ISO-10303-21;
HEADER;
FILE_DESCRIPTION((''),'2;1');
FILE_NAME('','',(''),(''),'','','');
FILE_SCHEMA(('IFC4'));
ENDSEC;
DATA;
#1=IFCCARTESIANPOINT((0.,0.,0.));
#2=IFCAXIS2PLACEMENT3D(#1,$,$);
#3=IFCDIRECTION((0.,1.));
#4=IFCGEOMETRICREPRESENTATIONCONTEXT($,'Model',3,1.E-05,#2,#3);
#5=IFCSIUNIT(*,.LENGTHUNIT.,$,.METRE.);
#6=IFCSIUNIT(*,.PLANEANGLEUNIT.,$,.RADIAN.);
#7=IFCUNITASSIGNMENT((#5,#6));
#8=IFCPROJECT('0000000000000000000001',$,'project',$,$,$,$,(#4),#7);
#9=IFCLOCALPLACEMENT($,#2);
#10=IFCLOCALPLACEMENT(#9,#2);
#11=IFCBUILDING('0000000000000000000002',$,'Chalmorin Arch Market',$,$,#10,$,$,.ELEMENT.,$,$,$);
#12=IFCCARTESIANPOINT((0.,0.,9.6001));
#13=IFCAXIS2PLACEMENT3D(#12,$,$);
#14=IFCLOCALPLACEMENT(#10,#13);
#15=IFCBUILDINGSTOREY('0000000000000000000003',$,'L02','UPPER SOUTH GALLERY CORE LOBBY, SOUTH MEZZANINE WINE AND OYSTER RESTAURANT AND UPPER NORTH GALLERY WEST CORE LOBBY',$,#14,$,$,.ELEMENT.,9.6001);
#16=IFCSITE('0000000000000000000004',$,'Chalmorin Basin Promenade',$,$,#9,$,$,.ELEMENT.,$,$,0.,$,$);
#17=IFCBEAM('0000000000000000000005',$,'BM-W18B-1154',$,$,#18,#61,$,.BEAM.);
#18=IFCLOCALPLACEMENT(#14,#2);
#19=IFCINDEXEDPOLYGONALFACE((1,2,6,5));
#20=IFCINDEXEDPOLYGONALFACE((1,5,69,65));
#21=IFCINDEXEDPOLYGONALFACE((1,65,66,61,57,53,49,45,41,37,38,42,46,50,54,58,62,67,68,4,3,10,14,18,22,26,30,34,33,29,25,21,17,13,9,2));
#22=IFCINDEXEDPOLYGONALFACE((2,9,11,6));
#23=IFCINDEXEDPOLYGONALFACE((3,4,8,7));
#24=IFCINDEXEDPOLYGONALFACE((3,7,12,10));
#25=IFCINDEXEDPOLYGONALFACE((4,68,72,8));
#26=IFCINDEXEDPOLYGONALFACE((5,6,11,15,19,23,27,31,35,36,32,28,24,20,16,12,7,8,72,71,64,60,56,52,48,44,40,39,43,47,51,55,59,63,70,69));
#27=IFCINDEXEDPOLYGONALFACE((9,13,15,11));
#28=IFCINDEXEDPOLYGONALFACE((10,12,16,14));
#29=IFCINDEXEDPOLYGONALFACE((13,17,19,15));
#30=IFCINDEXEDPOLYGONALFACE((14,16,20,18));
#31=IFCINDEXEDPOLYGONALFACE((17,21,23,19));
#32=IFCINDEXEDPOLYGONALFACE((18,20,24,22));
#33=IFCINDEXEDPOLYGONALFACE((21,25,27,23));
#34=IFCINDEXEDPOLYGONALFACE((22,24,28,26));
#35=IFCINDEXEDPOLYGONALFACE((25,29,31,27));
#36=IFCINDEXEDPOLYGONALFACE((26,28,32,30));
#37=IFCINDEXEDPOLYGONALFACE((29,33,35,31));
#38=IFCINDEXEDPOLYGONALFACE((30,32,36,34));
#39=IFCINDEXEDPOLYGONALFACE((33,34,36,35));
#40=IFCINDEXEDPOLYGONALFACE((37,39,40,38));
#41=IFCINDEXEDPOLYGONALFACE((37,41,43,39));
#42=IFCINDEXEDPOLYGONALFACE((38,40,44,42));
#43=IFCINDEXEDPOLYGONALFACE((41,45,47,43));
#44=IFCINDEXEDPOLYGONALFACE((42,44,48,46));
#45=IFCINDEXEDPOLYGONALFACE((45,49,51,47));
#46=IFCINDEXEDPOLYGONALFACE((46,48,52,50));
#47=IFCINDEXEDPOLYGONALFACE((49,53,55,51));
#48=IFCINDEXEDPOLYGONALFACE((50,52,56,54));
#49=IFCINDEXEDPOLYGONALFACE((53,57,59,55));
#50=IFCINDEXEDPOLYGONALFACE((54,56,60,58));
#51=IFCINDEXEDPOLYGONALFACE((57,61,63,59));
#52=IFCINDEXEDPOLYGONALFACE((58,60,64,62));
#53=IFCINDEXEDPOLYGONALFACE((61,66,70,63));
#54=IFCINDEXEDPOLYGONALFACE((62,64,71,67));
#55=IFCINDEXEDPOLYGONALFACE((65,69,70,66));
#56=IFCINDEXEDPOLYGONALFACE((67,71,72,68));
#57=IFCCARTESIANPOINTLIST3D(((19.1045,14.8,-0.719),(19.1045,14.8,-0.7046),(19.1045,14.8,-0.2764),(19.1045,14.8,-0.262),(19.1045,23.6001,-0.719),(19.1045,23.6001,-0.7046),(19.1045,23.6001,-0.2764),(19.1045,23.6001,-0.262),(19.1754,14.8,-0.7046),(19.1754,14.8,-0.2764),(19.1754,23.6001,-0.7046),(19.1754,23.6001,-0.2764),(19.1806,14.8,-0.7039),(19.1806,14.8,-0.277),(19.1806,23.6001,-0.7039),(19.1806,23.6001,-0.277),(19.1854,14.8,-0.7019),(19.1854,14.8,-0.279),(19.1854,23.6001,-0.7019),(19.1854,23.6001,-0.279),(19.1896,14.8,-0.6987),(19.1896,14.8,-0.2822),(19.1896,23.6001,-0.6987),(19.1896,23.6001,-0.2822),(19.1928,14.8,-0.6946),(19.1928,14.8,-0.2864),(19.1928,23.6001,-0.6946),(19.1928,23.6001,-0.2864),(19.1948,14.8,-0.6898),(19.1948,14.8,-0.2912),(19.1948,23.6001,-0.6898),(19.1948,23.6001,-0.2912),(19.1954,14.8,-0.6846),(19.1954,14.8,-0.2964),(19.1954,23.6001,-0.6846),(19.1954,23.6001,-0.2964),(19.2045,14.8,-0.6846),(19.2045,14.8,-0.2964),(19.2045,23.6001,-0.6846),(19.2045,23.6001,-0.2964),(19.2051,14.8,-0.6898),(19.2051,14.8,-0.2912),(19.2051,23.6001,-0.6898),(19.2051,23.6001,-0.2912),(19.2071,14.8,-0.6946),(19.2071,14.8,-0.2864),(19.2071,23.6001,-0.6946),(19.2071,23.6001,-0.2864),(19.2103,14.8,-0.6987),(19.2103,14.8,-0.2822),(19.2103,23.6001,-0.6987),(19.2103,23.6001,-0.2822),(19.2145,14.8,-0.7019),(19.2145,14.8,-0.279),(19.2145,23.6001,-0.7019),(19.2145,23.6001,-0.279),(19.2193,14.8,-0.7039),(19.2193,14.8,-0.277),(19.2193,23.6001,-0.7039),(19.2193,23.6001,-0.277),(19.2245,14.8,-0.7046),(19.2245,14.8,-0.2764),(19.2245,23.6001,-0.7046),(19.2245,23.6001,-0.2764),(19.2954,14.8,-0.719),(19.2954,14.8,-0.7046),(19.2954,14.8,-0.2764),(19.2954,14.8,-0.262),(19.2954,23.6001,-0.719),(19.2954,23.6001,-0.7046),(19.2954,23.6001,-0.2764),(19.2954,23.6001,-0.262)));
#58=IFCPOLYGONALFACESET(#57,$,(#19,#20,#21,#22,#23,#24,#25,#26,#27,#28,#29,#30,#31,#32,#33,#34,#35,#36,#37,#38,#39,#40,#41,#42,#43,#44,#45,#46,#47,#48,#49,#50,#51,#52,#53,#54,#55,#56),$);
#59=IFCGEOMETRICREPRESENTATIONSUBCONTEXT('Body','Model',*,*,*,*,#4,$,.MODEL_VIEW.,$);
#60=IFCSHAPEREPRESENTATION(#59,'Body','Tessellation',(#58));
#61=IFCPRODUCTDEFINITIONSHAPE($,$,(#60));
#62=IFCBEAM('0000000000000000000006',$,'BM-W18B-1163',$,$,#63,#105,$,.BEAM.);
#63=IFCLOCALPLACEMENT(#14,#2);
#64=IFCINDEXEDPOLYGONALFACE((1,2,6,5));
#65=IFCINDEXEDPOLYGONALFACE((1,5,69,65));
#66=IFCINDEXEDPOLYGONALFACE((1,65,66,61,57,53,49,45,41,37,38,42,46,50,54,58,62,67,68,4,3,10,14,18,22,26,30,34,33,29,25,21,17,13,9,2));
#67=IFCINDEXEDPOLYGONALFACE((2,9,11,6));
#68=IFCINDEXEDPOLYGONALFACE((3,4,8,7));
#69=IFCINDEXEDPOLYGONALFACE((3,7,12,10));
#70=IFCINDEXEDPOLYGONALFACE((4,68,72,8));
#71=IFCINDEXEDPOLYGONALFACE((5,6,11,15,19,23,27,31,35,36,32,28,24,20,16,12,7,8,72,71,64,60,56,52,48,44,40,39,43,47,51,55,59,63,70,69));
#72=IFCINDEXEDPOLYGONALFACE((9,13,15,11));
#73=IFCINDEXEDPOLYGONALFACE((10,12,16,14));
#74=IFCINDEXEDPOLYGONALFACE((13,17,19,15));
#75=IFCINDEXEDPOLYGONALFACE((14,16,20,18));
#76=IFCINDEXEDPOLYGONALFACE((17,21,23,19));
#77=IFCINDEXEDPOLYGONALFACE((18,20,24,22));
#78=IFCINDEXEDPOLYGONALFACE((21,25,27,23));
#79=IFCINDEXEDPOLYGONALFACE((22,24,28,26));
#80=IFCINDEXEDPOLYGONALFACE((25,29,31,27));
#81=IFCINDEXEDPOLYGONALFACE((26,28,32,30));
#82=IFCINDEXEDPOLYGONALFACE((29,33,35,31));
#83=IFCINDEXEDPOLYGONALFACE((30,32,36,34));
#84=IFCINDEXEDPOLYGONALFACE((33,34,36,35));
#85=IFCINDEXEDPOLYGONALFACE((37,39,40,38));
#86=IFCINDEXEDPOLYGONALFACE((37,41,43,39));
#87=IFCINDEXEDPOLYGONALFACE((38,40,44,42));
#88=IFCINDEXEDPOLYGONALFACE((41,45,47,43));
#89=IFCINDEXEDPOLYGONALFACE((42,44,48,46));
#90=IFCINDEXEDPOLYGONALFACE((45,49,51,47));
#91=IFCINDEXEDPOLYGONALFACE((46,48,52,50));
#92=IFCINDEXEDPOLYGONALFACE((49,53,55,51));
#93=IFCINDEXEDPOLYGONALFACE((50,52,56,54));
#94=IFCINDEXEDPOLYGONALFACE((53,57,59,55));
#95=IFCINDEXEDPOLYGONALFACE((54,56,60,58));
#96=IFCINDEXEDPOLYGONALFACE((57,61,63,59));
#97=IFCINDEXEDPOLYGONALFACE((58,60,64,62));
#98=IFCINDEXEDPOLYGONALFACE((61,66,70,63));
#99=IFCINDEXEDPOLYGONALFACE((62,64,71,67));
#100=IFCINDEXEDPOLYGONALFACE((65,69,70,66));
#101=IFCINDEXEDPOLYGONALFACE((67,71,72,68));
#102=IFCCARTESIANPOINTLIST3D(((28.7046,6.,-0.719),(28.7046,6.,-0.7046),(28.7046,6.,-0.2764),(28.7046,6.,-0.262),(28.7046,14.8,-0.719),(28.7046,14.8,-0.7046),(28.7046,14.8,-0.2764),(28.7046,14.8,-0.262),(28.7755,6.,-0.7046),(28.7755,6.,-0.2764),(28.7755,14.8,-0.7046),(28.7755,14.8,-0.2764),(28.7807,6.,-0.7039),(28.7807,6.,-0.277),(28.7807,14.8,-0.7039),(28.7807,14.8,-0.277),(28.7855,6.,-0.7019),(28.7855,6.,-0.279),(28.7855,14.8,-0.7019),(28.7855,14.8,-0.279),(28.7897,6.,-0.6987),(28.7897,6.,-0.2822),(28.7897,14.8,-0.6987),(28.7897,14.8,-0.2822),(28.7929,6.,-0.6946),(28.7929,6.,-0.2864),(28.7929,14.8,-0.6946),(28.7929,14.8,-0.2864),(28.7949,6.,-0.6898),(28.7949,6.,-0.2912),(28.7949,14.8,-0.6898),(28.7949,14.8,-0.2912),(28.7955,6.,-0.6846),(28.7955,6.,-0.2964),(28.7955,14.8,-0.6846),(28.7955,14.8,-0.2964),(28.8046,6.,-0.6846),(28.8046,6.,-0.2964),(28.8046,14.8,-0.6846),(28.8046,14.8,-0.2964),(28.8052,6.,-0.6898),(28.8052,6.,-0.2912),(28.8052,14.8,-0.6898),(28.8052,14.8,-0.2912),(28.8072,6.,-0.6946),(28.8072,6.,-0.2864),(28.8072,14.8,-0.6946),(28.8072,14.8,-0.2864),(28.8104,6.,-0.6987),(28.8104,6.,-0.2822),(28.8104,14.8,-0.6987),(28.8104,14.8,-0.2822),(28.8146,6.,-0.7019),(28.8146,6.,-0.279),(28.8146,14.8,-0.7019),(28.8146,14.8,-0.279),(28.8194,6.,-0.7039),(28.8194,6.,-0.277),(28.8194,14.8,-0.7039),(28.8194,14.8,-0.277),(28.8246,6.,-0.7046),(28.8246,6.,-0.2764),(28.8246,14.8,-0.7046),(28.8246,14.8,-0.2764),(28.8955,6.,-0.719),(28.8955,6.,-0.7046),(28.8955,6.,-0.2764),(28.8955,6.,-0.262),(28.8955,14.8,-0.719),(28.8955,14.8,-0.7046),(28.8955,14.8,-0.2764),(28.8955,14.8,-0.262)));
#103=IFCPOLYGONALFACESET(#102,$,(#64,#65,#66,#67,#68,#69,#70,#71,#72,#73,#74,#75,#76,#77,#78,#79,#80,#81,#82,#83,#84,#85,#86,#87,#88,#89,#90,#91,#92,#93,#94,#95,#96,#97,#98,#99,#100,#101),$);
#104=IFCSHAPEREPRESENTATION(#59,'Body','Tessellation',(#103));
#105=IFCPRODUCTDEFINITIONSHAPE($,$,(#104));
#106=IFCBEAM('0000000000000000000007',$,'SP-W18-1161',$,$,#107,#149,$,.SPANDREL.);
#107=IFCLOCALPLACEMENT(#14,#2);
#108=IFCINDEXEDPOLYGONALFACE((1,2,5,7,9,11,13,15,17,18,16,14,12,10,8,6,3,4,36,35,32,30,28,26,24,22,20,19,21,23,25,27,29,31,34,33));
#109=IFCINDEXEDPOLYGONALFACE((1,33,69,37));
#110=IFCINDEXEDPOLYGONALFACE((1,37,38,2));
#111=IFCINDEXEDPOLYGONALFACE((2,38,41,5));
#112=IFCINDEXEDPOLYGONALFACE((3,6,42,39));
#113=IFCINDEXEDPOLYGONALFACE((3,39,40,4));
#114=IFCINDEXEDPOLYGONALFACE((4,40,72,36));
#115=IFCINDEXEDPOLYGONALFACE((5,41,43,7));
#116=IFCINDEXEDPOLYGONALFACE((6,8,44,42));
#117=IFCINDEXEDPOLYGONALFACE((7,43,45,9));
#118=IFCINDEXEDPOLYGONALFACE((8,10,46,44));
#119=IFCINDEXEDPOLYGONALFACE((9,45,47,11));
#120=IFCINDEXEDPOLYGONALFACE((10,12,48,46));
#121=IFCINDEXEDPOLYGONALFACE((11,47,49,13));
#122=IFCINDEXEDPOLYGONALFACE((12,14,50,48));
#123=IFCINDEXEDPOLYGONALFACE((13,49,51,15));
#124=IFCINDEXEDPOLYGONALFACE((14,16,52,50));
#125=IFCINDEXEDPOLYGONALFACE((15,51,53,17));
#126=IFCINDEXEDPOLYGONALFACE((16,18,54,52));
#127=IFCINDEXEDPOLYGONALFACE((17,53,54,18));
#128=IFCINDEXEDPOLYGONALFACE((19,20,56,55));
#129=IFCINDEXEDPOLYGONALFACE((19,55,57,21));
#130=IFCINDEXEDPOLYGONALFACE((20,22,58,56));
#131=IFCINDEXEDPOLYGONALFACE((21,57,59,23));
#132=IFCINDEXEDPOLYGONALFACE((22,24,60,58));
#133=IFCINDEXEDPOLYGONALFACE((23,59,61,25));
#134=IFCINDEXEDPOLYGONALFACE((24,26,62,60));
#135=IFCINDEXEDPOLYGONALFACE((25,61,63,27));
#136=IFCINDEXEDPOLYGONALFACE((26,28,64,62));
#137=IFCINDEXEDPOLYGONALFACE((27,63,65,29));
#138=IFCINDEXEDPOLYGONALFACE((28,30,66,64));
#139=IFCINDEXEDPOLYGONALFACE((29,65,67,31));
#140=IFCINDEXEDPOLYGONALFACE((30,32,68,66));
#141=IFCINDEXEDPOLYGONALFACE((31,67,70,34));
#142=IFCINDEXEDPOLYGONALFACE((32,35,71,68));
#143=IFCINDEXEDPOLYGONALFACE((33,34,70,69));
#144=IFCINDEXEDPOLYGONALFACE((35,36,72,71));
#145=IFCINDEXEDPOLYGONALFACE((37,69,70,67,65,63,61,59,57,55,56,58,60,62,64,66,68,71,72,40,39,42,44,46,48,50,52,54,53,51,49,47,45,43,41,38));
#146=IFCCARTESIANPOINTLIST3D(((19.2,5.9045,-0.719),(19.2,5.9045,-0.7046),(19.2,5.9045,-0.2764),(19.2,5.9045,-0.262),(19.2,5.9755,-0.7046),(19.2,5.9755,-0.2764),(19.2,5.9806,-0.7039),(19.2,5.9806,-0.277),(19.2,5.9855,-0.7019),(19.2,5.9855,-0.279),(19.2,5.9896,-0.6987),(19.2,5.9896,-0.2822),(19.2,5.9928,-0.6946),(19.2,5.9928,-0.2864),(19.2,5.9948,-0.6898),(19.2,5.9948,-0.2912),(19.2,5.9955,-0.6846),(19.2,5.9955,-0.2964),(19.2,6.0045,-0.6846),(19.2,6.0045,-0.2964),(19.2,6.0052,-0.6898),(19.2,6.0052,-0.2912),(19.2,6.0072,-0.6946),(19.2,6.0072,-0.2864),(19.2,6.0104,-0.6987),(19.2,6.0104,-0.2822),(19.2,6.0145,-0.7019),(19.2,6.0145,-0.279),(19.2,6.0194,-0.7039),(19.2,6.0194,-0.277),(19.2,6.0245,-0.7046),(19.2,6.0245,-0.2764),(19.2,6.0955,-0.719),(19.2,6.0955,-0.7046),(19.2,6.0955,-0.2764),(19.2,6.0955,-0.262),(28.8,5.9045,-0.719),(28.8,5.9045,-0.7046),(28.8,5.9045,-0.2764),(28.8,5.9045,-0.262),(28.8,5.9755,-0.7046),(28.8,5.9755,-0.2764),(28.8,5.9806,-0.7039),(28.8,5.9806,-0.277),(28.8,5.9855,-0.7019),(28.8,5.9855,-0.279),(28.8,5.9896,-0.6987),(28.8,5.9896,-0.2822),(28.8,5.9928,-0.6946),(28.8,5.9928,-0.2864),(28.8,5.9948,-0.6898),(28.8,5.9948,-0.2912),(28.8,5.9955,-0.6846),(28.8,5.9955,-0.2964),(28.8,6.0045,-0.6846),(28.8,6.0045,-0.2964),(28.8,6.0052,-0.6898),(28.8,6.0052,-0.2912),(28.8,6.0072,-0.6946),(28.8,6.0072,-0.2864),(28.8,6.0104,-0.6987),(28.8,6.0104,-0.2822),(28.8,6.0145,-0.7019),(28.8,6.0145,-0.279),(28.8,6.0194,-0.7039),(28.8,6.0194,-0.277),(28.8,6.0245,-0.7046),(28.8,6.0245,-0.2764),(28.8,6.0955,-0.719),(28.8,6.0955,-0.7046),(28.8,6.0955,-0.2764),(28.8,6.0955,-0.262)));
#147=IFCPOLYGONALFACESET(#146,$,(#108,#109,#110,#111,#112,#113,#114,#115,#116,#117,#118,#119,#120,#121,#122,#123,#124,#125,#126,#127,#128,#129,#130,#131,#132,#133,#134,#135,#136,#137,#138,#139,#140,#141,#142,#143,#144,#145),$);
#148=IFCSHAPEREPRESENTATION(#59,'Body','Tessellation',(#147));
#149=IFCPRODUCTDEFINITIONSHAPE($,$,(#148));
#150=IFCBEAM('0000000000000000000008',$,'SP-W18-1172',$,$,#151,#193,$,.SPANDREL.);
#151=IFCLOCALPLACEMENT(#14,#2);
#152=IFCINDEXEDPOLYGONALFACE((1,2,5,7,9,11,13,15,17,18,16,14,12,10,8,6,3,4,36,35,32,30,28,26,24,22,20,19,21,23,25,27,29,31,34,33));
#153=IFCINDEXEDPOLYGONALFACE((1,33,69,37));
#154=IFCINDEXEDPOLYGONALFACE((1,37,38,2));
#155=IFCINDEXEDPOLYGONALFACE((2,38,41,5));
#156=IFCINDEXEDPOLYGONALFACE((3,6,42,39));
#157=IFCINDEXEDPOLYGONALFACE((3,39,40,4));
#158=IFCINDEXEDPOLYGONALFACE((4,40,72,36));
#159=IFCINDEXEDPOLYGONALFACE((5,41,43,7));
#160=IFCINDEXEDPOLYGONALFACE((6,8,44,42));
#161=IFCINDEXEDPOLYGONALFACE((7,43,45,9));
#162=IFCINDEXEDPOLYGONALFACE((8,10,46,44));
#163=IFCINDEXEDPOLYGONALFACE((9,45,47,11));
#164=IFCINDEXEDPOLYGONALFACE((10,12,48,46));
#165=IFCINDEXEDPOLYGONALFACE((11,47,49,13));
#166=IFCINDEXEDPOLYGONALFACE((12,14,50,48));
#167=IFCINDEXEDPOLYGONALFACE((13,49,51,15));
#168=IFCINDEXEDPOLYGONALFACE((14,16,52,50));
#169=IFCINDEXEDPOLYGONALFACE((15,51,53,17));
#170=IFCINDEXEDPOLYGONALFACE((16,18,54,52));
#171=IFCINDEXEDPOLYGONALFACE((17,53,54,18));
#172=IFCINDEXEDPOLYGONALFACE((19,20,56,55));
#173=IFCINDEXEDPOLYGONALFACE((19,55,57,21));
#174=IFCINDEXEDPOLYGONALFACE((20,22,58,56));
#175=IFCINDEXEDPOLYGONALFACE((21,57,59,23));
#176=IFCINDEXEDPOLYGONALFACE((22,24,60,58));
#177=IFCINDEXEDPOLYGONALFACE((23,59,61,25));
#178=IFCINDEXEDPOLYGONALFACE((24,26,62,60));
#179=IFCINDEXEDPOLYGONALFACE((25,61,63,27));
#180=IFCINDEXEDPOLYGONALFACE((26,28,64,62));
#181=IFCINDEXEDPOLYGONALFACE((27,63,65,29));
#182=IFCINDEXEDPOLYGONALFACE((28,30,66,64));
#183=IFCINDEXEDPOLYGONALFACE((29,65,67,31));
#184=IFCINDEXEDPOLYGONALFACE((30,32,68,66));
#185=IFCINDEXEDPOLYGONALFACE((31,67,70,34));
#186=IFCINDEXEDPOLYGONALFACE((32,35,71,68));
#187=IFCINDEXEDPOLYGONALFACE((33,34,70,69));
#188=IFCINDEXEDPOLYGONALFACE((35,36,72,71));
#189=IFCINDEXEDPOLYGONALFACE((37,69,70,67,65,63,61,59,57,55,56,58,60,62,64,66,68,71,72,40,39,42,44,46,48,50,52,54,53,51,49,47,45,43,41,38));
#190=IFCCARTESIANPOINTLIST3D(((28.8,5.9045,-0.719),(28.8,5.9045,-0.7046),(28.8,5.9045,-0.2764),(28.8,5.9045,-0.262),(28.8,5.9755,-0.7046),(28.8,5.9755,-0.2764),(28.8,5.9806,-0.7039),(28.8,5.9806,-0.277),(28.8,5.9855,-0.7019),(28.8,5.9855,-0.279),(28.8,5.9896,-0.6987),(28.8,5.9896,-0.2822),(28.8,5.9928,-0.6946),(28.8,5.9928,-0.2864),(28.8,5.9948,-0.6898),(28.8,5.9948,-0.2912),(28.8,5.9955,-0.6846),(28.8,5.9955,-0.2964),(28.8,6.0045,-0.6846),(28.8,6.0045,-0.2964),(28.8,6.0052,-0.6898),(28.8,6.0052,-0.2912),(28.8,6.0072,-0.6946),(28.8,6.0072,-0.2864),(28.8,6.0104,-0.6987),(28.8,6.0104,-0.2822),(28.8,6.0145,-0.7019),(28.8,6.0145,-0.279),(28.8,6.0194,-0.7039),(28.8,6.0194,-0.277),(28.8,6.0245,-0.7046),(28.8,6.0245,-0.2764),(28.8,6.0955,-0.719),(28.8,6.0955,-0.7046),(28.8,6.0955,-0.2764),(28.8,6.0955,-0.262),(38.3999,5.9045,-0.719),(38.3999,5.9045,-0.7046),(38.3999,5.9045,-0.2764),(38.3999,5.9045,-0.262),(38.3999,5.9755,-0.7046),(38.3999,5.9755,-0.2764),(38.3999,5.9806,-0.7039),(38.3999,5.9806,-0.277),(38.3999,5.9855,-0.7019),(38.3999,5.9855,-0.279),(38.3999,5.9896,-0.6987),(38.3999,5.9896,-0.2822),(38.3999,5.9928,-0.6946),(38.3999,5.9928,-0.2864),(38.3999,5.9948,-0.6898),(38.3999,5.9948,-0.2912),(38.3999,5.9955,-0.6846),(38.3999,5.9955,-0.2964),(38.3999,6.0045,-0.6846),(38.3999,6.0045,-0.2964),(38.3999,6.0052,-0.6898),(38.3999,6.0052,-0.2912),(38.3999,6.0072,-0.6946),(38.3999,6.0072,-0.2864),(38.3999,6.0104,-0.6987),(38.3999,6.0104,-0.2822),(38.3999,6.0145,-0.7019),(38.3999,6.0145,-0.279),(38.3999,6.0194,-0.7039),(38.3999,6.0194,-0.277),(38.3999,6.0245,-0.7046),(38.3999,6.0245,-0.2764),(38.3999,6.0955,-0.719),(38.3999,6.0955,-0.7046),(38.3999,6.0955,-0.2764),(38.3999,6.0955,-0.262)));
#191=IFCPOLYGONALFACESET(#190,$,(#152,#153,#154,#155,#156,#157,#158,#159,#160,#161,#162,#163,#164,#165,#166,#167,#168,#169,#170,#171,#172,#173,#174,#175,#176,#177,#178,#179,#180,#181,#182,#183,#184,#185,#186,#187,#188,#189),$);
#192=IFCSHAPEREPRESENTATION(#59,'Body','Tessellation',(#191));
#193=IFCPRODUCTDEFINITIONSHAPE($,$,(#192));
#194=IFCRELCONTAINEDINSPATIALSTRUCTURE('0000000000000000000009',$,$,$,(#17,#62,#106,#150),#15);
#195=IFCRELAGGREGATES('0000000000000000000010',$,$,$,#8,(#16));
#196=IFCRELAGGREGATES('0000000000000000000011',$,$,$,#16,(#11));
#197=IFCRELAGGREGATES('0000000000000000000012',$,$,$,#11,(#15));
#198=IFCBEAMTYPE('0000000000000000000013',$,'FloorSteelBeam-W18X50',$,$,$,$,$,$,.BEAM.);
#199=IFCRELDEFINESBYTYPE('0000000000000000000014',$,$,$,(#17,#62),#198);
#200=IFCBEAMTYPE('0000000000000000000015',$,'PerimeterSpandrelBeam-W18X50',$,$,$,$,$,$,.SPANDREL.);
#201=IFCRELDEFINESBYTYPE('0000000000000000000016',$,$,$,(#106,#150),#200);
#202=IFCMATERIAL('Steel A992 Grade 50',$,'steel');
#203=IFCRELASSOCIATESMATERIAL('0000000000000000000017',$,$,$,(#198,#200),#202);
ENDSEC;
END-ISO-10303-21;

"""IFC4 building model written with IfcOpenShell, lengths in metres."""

from ifc_helpers import new_model, si_unit, direction, frame, origin, origin_2d, place, context, subcontext, project, spatial, i_section, extrude, material, material_profile, profile_set, type_object, element, save


model = new_model("IFC4")

# Units and contexts
model_context = context("Model", 3, precision=1e-05, world=origin(), true_north=direction((0.0, 1.0)))
body_context = subcontext(model_context, "Body", "Model", "MODEL_VIEW")
ifc_project = project(units=[si_unit("LENGTHUNIT", "METRE"), si_unit("PLANEANGLEUNIT", "RADIAN")], contexts=[model_context])

# Site, building, storey
site_placement = place(None, origin())
site = spatial("IfcSite", under=ifc_project, at=site_placement, Name="Chalmorin Basin Promenade", CompositionType="ELEMENT", RefElevation=0.0)
building_placement = place(site_placement, origin())
building = spatial("IfcBuilding", under=site, at=building_placement, Name="Chalmorin Arch Market", CompositionType="ELEMENT")
storey_placement = place(building_placement, frame((0.0, 0.0, 9.6001)))
storey = spatial("IfcBuildingStorey", under=building, at=storey_placement, Name="L02", Description="UPPER SOUTH GALLERY CORE LOBBY, SOUTH MEZZANINE WINE AND OYSTER RESTAURANT AND UPPER NORTH GALLERY WEST CORE LOBBY", CompositionType="ELEMENT", Elevation=9.6001)

# Shared definitions
ifc_material_1 = material(Name="Steel A992 Grade 50", Category="steel")

# Beams
ifc_material_profile_1 = material_profile(ifc_material_1, i_section(OverallWidth=0.1909, OverallDepth=0.457, WebThickness=0.009, FlangeThickness=0.0144, FilletRadius=0.02, at=origin_2d()), Name="W18X50")
ifc_profile_set_1 = profile_set([ifc_material_profile_1], Name="Steel A992 Grade 50")
beam_type_1 = type_object("IfcBeamType", Name="FloorSteelBeam-W18X50", PredefinedType="BEAM", material=ifc_profile_set_1)
for number, where, z_axis, x_axis, name in (
    (1, (19.2, 14.8, -0.4905), (0.0, 1.0, 0.0), (-1.0, 0.0, 0.0), "BM-W18B-1154"),
    (2, (28.8, 6.0, -0.4905), (0.0, 1.0, 0.0), (-1.0, 0.0, 0.0), "BM-W18B-1163"),
):
    element("IfcBeam", number, at=place(storey_placement, frame(where, z_axis=z_axis, x_axis=x_axis)), inside=storey, type_object=beam_type_1, Name=name, PredefinedType="BEAM", context=body_context, shape_type="SweptSolid", body=[
        extrude(i_section(OverallWidth=0.1909, OverallDepth=0.457, WebThickness=0.009, FlangeThickness=0.0144, FilletRadius=0.02, at=origin_2d()), origin(), (0.0, 0.0, 1.0), 8.8),
    ])
ifc_material_profile_2 = material_profile(ifc_material_1, i_section(OverallWidth=0.1909, OverallDepth=0.457, WebThickness=0.009, FlangeThickness=0.0144, FilletRadius=0.02, at=origin_2d()), Name="W18X50")
ifc_profile_set_2 = profile_set([ifc_material_profile_2], Name="Steel A992 Grade 50")
beam_type_2 = type_object("IfcBeamType", Name="PerimeterSpandrelBeam-W18X50", PredefinedType="SPANDREL", material=ifc_profile_set_2)
beam_1_placement = place(storey_placement, frame((19.2, 6.0, -0.4905), z_axis=(1.0, 0.0, 0.0), x_axis=(0.0, 1.0, 0.0)))
element("IfcBeam", 3, at=beam_1_placement, inside=storey, type_object=beam_type_2, Name="SP-W18-1161", PredefinedType="SPANDREL", context=body_context, shape_type="SweptSolid", body=[
    extrude(i_section(OverallWidth=0.1909, OverallDepth=0.457, WebThickness=0.009, FlangeThickness=0.0144, FilletRadius=0.02, at=origin_2d()), origin(), (0.0, 0.0, 1.0), 9.6001),
])
beam_2_placement = place(storey_placement, frame((28.8, 6.0, -0.4905), z_axis=(1.0, 0.0, 0.0), x_axis=(0.0, 1.0, 0.0)))
element("IfcBeam", 4, at=beam_2_placement, inside=storey, type_object=beam_type_2, Name="SP-W18-1172", PredefinedType="SPANDREL", context=body_context, shape_type="SweptSolid", body=[
    extrude(i_section(OverallWidth=0.1909, OverallDepth=0.457, WebThickness=0.009, FlangeThickness=0.0144, FilletRadius=0.02, at=origin_2d()), origin(), (0.0, 0.0, 1.0), 9.5999),
])

save(model, "model.ifc")
